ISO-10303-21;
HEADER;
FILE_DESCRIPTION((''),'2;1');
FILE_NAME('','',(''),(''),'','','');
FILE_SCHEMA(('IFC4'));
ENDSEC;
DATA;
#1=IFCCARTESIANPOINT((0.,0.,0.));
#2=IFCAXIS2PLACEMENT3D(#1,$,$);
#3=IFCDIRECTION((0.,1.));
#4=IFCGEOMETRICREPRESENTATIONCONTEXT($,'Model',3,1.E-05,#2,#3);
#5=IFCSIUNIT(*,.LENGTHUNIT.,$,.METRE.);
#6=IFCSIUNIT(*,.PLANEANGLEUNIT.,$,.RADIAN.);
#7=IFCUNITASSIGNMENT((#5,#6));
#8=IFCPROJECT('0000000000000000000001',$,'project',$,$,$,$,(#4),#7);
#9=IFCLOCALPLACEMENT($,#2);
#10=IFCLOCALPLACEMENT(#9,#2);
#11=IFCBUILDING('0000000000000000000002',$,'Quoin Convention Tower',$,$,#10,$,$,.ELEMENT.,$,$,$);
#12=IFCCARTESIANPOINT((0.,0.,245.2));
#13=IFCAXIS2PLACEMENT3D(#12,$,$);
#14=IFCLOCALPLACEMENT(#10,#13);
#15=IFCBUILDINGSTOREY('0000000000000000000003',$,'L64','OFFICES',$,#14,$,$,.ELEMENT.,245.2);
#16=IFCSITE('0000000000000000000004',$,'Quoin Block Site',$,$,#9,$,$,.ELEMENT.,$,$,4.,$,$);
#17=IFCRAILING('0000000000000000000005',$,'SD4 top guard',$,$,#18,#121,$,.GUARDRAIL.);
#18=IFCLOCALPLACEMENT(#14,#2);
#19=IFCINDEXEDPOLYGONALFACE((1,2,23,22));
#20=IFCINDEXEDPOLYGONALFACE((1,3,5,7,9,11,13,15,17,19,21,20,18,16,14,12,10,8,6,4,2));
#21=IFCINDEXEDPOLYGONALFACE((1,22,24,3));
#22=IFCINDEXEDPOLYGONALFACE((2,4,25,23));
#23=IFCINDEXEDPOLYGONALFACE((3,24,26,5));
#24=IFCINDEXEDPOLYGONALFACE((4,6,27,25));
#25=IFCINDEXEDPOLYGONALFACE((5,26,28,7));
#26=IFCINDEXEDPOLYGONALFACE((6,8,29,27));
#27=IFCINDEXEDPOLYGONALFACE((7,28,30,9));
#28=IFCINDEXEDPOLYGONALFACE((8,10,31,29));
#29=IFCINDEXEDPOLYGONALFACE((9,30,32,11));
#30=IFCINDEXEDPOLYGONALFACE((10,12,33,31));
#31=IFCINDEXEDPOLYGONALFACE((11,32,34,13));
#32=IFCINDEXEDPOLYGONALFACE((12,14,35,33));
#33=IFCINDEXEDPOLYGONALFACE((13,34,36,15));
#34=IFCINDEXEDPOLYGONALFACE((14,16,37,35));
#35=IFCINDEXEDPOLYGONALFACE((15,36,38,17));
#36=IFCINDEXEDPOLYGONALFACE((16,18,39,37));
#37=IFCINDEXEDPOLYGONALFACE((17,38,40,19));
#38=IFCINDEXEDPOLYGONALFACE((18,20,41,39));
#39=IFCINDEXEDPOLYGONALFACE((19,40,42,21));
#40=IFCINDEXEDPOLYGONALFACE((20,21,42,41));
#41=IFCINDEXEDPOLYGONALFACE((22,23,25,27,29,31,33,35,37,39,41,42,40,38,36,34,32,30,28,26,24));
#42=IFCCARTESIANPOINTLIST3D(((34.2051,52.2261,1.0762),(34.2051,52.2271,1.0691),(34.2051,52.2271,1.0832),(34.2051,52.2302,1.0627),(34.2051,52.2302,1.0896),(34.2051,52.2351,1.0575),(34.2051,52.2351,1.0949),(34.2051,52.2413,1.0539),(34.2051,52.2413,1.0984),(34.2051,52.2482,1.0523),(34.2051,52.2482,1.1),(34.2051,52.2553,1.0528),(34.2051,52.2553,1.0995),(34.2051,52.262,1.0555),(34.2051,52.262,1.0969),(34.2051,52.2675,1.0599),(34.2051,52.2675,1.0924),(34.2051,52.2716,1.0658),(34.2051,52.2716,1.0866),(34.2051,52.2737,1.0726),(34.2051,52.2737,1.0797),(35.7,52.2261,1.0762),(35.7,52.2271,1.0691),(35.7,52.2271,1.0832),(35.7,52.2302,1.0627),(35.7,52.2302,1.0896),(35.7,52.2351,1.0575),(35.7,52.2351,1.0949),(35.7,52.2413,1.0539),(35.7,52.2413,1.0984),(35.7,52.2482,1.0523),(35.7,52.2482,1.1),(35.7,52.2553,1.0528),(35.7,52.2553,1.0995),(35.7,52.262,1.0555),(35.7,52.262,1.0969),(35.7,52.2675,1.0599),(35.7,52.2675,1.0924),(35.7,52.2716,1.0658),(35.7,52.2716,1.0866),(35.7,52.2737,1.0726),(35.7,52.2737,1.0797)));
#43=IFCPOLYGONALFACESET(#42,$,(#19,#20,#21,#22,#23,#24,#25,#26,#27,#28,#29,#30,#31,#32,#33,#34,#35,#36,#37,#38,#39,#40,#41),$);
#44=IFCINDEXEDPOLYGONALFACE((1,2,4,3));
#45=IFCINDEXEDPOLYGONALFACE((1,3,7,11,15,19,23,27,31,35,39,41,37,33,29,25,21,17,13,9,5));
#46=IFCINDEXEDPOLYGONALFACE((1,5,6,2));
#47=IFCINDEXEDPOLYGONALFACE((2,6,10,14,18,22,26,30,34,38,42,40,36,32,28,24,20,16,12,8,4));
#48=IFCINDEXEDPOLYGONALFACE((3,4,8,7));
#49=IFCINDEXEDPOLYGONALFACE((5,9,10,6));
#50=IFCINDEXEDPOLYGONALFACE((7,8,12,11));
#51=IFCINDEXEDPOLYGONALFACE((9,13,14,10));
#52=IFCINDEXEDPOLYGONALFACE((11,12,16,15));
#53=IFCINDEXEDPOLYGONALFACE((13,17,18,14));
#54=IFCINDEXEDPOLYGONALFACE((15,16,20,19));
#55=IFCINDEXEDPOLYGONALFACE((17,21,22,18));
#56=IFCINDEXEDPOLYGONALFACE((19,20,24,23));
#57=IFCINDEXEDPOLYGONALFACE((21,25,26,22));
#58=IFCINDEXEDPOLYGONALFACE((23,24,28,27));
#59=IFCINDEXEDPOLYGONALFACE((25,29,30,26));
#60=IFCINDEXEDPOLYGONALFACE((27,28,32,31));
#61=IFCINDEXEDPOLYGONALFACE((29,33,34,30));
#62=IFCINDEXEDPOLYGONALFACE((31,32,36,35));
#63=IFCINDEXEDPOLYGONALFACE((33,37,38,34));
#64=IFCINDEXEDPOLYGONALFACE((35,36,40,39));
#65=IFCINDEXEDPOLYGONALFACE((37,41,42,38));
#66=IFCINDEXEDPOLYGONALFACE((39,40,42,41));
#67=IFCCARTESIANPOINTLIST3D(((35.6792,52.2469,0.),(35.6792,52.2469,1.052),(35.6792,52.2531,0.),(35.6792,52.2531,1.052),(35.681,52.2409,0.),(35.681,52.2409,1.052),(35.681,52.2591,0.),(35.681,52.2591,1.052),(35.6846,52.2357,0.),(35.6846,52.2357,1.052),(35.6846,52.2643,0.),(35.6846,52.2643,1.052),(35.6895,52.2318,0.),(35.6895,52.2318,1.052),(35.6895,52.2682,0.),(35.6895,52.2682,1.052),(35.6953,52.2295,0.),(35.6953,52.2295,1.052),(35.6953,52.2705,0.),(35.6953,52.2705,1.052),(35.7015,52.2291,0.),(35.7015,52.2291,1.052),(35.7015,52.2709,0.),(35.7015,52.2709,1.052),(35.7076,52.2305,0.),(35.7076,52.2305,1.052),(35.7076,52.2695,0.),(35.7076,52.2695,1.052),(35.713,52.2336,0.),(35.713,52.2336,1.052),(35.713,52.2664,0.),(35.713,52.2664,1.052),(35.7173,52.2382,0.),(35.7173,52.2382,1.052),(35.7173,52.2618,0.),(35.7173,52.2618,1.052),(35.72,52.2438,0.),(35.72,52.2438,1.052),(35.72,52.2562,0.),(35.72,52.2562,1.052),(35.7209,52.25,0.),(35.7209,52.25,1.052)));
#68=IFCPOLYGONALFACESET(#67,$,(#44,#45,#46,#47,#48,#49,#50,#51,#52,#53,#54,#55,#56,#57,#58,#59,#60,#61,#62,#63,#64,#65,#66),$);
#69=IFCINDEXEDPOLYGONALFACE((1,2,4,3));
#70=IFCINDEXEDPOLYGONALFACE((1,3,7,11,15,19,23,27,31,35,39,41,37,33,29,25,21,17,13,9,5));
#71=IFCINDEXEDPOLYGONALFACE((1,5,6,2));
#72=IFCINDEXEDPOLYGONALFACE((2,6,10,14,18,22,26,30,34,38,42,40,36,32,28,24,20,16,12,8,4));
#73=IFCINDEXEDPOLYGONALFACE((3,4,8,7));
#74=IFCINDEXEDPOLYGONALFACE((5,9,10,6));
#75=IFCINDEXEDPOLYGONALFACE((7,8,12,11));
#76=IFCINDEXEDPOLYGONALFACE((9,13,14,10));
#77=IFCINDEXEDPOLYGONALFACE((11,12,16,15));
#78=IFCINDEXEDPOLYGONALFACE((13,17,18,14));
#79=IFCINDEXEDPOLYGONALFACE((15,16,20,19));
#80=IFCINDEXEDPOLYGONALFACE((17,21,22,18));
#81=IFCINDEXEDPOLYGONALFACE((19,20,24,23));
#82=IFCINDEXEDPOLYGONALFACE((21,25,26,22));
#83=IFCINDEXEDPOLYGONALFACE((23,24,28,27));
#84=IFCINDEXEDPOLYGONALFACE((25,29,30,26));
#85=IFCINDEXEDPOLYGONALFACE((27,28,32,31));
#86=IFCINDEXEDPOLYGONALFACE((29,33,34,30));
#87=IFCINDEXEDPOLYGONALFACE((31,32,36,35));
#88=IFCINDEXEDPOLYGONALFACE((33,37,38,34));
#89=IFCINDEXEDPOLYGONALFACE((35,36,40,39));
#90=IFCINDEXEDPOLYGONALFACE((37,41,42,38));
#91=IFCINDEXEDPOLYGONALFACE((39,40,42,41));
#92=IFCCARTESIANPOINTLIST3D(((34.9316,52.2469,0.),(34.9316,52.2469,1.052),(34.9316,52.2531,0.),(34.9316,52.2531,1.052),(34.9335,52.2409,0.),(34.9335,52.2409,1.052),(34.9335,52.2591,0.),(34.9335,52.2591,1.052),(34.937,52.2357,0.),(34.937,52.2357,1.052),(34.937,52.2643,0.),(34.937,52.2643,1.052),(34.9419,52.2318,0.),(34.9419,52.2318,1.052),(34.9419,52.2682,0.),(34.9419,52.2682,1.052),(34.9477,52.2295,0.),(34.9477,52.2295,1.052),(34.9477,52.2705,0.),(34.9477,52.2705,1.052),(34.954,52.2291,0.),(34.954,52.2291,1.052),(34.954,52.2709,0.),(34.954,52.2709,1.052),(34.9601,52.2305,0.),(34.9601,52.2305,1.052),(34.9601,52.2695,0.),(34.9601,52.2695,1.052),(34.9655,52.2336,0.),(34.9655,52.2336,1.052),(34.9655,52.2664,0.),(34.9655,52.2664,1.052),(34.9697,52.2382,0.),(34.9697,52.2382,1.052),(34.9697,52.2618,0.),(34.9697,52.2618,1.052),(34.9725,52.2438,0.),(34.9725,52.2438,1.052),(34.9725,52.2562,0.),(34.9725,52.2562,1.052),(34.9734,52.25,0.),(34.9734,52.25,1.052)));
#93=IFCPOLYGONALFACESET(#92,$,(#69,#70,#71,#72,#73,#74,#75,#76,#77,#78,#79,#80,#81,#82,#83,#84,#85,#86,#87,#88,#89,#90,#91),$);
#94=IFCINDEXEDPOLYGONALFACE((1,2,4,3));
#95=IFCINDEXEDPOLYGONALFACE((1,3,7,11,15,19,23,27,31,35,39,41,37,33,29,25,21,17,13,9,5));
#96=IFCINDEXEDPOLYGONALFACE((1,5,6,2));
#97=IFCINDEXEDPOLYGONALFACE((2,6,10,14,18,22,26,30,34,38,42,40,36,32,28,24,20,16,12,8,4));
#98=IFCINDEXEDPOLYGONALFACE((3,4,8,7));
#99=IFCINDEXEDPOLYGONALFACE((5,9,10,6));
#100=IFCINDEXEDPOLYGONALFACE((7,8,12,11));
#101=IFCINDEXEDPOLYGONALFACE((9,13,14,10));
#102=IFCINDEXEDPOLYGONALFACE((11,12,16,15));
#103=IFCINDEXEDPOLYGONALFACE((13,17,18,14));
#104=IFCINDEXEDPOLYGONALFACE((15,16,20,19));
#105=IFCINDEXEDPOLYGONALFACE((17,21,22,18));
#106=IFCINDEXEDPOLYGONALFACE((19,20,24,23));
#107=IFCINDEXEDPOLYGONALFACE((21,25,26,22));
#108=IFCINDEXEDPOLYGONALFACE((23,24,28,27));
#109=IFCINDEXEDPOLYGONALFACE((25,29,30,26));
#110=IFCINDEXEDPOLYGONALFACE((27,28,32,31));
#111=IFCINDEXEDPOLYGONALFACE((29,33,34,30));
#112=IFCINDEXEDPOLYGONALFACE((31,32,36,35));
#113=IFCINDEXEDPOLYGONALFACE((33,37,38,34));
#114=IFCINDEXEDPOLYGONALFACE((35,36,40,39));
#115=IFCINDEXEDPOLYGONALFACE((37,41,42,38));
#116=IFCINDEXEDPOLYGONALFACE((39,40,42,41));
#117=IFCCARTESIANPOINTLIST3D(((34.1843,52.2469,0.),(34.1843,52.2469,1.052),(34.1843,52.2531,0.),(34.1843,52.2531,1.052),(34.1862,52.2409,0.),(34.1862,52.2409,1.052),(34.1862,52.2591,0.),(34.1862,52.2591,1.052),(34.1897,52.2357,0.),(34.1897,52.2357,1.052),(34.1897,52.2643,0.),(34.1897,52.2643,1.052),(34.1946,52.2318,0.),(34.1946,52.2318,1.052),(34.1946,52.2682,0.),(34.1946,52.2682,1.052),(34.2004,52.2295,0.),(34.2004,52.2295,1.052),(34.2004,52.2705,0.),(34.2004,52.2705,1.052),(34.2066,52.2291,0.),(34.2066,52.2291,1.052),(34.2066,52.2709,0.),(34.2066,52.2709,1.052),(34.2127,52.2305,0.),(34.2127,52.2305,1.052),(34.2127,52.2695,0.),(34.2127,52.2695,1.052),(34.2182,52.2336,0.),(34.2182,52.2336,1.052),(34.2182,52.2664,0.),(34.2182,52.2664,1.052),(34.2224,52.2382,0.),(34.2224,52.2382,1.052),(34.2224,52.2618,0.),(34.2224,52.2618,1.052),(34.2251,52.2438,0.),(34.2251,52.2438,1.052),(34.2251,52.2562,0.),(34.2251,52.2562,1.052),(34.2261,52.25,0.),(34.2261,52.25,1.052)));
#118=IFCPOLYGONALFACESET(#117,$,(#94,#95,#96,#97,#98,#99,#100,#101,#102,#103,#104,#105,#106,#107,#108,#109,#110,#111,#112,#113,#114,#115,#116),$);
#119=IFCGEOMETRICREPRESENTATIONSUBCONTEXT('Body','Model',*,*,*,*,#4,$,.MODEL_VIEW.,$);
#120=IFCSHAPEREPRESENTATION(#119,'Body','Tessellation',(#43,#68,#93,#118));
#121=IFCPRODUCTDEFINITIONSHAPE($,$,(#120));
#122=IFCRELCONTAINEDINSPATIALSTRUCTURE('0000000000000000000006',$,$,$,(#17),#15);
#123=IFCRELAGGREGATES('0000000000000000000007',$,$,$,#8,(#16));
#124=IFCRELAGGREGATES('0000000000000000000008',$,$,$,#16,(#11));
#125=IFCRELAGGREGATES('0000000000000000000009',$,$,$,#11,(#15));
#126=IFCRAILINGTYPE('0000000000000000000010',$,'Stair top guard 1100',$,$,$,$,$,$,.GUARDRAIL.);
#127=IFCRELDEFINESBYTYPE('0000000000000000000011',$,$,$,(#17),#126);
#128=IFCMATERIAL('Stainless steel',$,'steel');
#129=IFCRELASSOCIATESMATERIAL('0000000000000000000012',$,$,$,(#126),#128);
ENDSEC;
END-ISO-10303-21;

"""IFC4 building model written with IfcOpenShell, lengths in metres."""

from ifc_helpers import new_model, si_unit, direction, frame, origin, origin_2d, place, context, subcontext, project, spatial, circle, extrude, material, type_object, element, save


model = new_model("IFC4")

# Units and contexts
model_context = context("Model", 3, precision=1e-05, world=origin(), true_north=direction((0.0, 1.0)))
body_context = subcontext(model_context, "Body", "Model", "MODEL_VIEW")
ifc_project = project(units=[si_unit("LENGTHUNIT", "METRE"), si_unit("PLANEANGLEUNIT", "RADIAN")], contexts=[model_context])

# Site, building, storey
site_placement = place(None, origin())
site = spatial("IfcSite", under=ifc_project, at=site_placement, Name="Quoin Block Site", CompositionType="ELEMENT", RefElevation=4.0)
building_placement = place(site_placement, origin())
building = spatial("IfcBuilding", under=site, at=building_placement, Name="Quoin Convention Tower", CompositionType="ELEMENT")
storey_placement = place(building_placement, frame((0.0, 0.0, 245.2)))
storey = spatial("IfcBuildingStorey", under=building, at=storey_placement, Name="L64", Description="OFFICES", CompositionType="ELEMENT", Elevation=245.2)

# Railing
ifc_material_1 = material(Name="Stainless steel", Category="steel")
railing_type_1 = type_object("IfcRailingType", Name="Stair top guard 1100", PredefinedType="GUARDRAIL", material=ifc_material_1)
railing_1_placement = place(storey_placement, frame((35.7, 52.25, 0.0)))
element("IfcRailing", 1, at=railing_1_placement, inside=storey, type_object=railing_type_1, Name="SD4 top guard", PredefinedType="GUARDRAIL", context=body_context, shape_type="SweptSolid", body=[
    extrude(circle(Radius=0.0239, at=origin_2d()), frame((0.0, 0.0, 1.0762), z_axis=(-1.0, 0.0, 0.0), x_axis=(0.0, -1.0, 0.0)), (0.0, 0.0, 1.0), 1.4949),
    extrude(circle(Radius=0.021, at=origin_2d()), origin(), (0.0, 0.0, 1.0), 1.052),
    extrude(circle(Radius=0.021, at=origin_2d()), frame((-0.7476, 0.0, 0.0)), (0.0, 0.0, 1.0), 1.052),
    extrude(circle(Radius=0.021, at=origin_2d()), frame((-1.4949, 0.0, 0.0)), (0.0, 0.0, 1.0), 1.052),
])

save(model, "model.ifc")
